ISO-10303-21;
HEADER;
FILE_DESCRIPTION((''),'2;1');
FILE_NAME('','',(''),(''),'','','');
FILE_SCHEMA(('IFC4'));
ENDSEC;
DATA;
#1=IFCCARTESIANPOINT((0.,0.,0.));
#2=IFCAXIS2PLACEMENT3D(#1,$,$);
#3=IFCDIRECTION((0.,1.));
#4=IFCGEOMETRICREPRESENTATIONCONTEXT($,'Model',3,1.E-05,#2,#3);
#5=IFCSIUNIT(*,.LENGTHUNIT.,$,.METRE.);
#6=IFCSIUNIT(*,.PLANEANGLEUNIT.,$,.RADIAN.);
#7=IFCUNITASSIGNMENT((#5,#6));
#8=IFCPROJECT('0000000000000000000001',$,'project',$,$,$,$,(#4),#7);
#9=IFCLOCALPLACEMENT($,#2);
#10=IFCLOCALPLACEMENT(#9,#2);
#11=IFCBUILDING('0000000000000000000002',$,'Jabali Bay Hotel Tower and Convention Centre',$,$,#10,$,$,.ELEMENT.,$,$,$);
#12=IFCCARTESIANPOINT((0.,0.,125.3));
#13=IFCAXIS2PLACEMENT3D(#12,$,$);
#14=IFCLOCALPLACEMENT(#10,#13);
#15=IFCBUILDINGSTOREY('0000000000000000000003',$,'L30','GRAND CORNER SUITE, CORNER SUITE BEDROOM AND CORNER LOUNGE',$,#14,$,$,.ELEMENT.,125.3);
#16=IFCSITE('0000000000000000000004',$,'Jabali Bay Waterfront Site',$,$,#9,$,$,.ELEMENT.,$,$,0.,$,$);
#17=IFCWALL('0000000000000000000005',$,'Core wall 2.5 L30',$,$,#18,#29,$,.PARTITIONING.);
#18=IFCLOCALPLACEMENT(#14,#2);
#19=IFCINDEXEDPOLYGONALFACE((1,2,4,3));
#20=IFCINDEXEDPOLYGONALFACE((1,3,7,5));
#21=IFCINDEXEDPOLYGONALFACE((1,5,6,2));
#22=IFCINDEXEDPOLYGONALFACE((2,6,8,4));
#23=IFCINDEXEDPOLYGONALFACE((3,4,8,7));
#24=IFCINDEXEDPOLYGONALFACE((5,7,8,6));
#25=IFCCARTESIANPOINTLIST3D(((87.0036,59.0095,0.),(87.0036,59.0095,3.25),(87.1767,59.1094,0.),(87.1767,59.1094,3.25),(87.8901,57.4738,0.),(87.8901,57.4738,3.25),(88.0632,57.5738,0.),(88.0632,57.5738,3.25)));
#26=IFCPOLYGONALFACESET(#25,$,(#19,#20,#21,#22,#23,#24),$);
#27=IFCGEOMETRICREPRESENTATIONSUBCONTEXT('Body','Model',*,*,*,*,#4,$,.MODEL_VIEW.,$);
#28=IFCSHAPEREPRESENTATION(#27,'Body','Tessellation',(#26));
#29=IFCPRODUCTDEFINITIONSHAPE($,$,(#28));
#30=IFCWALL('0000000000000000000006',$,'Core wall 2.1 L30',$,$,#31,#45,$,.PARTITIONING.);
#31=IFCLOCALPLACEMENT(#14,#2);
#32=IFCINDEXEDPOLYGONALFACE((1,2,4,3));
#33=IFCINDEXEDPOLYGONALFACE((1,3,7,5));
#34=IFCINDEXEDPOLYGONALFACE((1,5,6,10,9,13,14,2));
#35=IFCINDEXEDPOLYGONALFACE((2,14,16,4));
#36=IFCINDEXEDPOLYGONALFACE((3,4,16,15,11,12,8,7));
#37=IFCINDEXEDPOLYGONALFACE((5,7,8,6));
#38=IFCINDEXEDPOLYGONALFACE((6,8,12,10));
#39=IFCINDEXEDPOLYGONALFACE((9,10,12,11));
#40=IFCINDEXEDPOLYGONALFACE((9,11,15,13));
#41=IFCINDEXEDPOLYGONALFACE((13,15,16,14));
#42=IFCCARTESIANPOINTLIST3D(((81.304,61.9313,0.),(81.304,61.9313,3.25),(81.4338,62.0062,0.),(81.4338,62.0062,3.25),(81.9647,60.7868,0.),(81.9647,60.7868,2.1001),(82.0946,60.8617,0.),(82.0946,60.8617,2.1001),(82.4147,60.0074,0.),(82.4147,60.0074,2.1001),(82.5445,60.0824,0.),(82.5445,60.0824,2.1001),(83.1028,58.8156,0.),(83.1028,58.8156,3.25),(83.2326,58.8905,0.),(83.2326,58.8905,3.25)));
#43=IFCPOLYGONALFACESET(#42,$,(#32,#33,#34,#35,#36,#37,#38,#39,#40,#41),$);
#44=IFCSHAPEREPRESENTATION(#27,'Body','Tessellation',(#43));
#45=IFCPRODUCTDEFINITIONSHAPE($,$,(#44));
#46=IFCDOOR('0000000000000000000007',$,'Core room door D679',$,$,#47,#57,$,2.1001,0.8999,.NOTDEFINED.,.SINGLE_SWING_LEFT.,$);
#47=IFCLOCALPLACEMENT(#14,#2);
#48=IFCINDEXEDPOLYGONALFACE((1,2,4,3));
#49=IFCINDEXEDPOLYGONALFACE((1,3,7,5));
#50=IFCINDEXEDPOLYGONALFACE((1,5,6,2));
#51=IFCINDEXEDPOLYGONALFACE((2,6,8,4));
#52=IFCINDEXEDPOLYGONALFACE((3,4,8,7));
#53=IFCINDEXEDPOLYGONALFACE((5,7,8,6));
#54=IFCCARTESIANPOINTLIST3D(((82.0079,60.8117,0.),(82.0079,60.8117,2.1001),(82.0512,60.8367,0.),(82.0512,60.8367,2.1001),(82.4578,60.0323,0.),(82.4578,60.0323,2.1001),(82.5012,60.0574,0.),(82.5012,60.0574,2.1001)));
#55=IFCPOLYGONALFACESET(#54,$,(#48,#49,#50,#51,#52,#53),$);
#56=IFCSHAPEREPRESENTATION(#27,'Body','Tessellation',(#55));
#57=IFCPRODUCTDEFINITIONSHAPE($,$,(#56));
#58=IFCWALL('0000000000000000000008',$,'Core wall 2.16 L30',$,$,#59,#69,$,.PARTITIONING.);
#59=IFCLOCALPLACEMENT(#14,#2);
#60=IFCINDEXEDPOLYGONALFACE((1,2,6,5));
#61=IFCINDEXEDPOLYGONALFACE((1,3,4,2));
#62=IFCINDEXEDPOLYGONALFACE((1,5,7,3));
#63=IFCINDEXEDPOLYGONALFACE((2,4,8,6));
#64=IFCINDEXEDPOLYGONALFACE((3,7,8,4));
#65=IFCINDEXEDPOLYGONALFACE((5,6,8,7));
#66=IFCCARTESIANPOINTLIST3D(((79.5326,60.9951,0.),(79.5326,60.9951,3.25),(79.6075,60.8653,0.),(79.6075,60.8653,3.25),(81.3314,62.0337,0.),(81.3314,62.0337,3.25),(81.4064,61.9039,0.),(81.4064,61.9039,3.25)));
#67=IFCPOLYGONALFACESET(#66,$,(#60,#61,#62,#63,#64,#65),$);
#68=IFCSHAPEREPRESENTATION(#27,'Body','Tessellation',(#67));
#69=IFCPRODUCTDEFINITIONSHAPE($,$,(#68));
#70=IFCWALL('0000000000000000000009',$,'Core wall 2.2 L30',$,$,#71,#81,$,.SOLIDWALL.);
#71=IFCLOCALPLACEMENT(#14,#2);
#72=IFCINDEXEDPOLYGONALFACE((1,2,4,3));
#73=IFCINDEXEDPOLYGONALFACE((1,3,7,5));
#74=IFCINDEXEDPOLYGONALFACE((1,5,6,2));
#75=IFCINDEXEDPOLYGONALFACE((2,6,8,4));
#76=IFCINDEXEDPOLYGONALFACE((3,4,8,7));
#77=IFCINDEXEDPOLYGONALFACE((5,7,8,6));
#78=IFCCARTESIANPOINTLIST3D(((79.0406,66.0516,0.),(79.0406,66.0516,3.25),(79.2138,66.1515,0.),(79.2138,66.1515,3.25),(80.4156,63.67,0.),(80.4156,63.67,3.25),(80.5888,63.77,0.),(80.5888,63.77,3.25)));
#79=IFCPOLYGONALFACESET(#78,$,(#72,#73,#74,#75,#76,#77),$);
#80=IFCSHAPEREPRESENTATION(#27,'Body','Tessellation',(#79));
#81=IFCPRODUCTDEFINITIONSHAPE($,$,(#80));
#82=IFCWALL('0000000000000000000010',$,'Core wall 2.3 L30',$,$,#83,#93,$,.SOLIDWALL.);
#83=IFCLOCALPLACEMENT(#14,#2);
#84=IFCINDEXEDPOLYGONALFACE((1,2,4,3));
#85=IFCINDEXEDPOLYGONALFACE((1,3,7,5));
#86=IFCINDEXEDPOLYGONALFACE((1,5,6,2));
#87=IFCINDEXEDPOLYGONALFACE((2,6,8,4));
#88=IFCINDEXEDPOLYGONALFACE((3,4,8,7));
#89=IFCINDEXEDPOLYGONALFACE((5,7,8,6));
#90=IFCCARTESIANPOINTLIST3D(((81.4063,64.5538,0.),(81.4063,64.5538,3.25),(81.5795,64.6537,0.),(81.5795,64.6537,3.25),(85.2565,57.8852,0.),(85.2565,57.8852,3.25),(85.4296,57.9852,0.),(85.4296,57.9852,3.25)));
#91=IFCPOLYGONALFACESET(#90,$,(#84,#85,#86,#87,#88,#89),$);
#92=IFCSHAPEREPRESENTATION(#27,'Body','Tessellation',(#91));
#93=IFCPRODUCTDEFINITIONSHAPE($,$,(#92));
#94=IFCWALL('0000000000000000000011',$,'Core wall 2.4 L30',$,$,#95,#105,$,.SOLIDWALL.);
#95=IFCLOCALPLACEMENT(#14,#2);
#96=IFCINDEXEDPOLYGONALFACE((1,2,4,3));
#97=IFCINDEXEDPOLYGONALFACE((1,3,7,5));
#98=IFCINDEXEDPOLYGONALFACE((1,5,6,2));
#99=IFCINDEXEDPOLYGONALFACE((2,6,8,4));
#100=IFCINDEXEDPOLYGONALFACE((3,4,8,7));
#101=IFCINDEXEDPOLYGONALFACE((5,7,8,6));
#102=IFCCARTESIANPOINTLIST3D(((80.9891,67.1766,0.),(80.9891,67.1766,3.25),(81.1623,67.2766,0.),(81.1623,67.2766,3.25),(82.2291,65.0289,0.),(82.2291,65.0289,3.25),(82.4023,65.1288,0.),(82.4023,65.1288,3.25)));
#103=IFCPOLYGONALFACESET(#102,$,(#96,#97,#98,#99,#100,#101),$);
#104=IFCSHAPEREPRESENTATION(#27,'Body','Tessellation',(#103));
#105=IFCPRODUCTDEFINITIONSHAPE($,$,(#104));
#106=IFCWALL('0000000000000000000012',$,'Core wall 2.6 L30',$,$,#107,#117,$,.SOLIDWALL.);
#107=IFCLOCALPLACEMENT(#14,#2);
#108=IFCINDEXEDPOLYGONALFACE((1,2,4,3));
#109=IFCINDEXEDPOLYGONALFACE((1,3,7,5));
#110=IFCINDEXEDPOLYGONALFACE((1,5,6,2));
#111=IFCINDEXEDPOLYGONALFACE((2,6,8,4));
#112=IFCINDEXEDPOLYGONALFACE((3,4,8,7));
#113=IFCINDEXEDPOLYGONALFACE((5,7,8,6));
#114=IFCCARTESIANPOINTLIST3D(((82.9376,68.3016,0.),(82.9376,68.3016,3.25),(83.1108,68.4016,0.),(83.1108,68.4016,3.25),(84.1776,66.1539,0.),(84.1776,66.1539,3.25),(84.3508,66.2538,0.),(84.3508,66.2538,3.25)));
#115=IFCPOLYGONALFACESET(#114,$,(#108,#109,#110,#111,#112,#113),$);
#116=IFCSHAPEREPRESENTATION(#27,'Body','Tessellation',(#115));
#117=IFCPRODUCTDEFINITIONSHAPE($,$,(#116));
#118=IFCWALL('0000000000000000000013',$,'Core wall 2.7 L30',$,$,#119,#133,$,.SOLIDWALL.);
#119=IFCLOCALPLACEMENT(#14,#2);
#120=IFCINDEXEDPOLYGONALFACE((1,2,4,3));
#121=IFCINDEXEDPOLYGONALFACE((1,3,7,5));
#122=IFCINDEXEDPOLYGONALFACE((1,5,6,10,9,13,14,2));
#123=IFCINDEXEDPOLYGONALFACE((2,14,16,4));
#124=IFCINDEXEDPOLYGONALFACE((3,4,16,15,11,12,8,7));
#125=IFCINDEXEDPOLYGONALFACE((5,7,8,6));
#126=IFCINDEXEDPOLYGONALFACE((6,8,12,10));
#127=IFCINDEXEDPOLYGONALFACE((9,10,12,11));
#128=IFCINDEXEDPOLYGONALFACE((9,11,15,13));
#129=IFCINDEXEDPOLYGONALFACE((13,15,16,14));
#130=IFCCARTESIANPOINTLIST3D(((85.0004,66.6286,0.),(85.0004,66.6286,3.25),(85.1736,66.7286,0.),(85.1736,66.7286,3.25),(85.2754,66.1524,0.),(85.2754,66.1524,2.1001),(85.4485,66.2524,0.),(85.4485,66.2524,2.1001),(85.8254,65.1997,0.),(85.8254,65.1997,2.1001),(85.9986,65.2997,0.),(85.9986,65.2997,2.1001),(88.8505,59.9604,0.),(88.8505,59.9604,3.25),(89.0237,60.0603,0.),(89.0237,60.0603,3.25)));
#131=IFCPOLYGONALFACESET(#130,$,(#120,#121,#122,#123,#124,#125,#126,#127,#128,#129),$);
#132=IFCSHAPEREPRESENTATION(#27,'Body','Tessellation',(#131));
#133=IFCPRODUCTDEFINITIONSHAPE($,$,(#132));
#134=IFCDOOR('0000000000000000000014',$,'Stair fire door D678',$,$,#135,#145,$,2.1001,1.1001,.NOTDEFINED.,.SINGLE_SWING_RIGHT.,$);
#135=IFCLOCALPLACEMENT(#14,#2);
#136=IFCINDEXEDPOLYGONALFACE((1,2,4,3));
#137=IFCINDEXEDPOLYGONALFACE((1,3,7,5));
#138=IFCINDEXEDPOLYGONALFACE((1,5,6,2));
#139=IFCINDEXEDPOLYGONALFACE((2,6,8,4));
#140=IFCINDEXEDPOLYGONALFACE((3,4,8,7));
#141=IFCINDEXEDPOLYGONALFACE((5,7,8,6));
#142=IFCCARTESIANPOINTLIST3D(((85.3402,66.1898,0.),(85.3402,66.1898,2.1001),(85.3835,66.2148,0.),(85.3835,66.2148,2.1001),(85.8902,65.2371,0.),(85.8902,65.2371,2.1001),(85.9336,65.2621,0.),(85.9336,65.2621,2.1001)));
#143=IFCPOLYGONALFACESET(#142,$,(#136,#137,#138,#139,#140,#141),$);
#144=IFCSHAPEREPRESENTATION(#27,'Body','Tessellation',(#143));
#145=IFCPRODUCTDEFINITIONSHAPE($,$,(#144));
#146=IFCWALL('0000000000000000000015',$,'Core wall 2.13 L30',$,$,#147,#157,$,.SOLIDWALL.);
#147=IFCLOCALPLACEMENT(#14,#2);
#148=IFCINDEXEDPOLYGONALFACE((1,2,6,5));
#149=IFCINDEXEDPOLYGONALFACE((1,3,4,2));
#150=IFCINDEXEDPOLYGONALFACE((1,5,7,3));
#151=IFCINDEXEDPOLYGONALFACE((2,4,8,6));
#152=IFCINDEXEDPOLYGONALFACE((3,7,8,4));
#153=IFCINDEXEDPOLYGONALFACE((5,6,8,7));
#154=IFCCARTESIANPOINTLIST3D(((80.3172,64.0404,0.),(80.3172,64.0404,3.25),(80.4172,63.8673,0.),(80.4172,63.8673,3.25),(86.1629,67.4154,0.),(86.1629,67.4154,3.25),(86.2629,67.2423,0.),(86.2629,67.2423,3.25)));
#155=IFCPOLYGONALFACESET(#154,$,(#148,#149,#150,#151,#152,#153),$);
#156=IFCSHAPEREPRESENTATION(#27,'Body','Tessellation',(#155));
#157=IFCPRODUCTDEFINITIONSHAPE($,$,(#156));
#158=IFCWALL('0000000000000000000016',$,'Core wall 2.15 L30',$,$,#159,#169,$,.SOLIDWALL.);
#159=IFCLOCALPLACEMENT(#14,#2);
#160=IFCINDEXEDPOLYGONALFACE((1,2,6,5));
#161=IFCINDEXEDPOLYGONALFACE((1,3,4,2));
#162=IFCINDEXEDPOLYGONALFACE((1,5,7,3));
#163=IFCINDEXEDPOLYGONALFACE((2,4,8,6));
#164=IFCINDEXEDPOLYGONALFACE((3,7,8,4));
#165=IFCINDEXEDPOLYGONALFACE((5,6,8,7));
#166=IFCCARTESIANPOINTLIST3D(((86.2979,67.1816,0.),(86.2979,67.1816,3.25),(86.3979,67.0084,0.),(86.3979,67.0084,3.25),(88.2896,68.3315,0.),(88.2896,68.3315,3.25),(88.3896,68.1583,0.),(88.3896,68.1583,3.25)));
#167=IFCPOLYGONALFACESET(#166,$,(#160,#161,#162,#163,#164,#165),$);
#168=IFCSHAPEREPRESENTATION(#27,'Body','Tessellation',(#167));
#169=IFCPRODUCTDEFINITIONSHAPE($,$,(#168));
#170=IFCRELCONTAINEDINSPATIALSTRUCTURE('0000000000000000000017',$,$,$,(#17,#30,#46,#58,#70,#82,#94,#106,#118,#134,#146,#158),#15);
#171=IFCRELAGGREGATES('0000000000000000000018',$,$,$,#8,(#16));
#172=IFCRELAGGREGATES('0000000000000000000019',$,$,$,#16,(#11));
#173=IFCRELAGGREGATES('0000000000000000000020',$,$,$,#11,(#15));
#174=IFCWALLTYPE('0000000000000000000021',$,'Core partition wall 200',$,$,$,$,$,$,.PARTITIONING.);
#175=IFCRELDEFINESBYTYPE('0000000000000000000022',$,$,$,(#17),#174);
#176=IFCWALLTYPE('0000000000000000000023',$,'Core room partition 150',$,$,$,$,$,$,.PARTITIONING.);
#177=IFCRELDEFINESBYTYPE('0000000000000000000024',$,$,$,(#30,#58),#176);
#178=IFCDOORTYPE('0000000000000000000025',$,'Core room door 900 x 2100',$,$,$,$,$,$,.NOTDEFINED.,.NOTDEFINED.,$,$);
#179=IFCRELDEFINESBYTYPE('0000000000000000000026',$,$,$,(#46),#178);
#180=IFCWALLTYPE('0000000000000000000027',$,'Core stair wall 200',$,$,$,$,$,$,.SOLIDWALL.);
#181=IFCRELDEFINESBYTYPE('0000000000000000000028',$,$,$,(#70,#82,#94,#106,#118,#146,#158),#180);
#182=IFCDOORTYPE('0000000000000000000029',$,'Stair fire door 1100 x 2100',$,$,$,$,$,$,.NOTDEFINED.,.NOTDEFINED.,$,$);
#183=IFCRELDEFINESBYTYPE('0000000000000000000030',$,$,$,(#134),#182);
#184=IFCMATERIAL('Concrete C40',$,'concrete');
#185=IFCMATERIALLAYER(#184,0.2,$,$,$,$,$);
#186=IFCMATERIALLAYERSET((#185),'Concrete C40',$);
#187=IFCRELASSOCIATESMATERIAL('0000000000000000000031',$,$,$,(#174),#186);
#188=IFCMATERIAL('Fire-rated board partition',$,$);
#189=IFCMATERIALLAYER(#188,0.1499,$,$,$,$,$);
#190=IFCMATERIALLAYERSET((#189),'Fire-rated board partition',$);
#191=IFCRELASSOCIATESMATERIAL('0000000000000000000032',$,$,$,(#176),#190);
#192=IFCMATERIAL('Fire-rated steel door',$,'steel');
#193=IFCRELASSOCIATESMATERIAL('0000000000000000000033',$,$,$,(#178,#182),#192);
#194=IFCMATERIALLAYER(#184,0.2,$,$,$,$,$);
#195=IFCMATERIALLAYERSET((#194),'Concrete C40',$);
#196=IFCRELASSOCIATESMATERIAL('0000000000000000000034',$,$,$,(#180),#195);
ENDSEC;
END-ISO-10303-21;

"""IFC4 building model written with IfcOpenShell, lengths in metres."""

from ifc_helpers import new_model, si_unit, direction, frame, frame_2d, origin, place, context, subcontext, project, spatial, rectangle, extrude, material, layer, layer_set, type_object, element, fill, save


model = new_model("IFC4")

# Units and contexts
model_context = context("Model", 3, precision=1e-05, world=origin(), true_north=direction((0.0, 1.0)))
body_context = subcontext(model_context, "Body", "Model", "MODEL_VIEW")
ifc_project = project(units=[si_unit("LENGTHUNIT", "METRE"), si_unit("PLANEANGLEUNIT", "RADIAN")], contexts=[model_context])

# Site, building, storey
site_placement = place(None, origin())
site = spatial("IfcSite", under=ifc_project, at=site_placement, Name="Jabali Bay Waterfront Site", CompositionType="ELEMENT", RefElevation=0.0)
building_placement = place(site_placement, origin())
building = spatial("IfcBuilding", under=site, at=building_placement, Name="Jabali Bay Hotel Tower and Convention Centre", CompositionType="ELEMENT")
storey_placement = place(building_placement, frame((0.0, 0.0, 125.3)))
storey = spatial("IfcBuildingStorey", under=building, at=storey_placement, Name="L30", Description="GRAND CORNER SUITE, CORNER SUITE BEDROOM AND CORNER LOUNGE", CompositionType="ELEMENT", Elevation=125.3)

# Wall
ifc_material_1 = material(Name="Concrete C40", Category="concrete")
ifc_layer_1 = layer(ifc_material_1, 0.2)
ifc_layer_set_1 = layer_set([ifc_layer_1], Name="Concrete C40")
wall_type_1 = type_object("IfcWallType", Name="Core partition wall 200", PredefinedType="PARTITIONING", material=ifc_layer_set_1)
wall_1_placement = place(storey_placement, frame((87.0901, 59.0596, 0.0), z_axis=(0.0, 0.0, 1.0), x_axis=(0.499945, -0.866057, 0.0)))
element("IfcWall", 1, at=wall_1_placement, inside=storey, type_object=wall_type_1, Name="Core wall 2.5 L30", PredefinedType="PARTITIONING", context=body_context, shape_type="SweptSolid", body=[
    extrude(rectangle(XDim=1.7732, YDim=0.2, at=frame_2d((0.8867, 0.0))), origin(), (0.0, 0.0, 1.0), 3.25),
])

# Wall, opening, door
ifc_material_2 = material(Name="Fire-rated board partition")
ifc_layer_2 = layer(ifc_material_2, 0.1499)
ifc_layer_set_2 = layer_set([ifc_layer_2], Name="Fire-rated board partition")
wall_type_2 = type_object("IfcWallType", Name="Core room partition 150", PredefinedType="PARTITIONING", material=ifc_layer_set_2)
wall_2_placement = place(storey_placement, frame((81.3689, 61.9688, 0.0), z_axis=(0.0, 0.0, 1.0), x_axis=(0.499993, -0.86603, 0.0)))
wall_2 = element("IfcWall", 2, at=wall_2_placement, inside=storey, type_object=wall_type_2, Name="Core wall 2.1 L30", PredefinedType="PARTITIONING", context=body_context, shape_type="SweptSolid", body=[
    extrude(rectangle(XDim=3.5977, YDim=0.1499, at=frame_2d((1.7988, 0.0))), origin(), (0.0, 0.0, 1.0), 3.25),
])
opening_1_placement = place(wall_2_placement, frame((1.3215, 0.0, 0.0)))
opening_1 = element("IfcOpeningElement", 3, at=opening_1_placement, cuts=wall_2, PredefinedType="OPENING", context=body_context, shape_type="SweptSolid", body=[
    extrude(rectangle(XDim=0.8999, YDim=2.1001, at=frame_2d((0.45, 1.05))), frame((0.0, 0.0854, 0.0), z_axis=(0.0, -1.0, 0.0), x_axis=(1.0, 0.0, 0.0)), (0.0, 0.0, 1.0), 0.1709),
])
ifc_material_3 = material(Name="Fire-rated steel door", Category="steel")
door_type_1 = type_object("IfcDoorType", Name="Core room door 900 x 2100", OperationType="NOTDEFINED", PredefinedType="NOTDEFINED", material=ifc_material_3)
door_1_placement = place(opening_1_placement, origin())
door_1 = element("IfcDoor", 4, at=door_1_placement, inside=storey, type_object=door_type_1, Name="Core room door D679", OperationType="SINGLE_SWING_LEFT", OverallHeight=2.1001, OverallWidth=0.8999, PredefinedType="NOTDEFINED", context=body_context, shape_type="SweptSolid", body=[
    extrude(rectangle(XDim=0.8999, YDim=2.1001, at=frame_2d((0.45, 1.05))), frame((0.0, 0.0249, 0.0), z_axis=(0.0, -1.0, 0.0), x_axis=(1.0, 0.0, 0.0)), (0.0, 0.0, 1.0), 0.05),
])
fill(opening_1, door_1)

# Walls
wall_3_placement = place(storey_placement, frame((79.5701, 60.9302, 0.0), z_axis=(0.0, 0.0, 1.0), x_axis=(0.866021, 0.500007, 0.0)))
element("IfcWall", 5, at=wall_3_placement, inside=storey, type_object=wall_type_2, Name="Core wall 2.16 L30", PredefinedType="PARTITIONING", context=body_context, shape_type="SweptSolid", body=[
    extrude(rectangle(XDim=2.0771, YDim=0.1499, at=frame_2d((1.0386, 0.0))), origin(), (0.0, 0.0, 1.0), 3.25),
])
ifc_layer_3 = layer(ifc_material_1, 0.2)
ifc_layer_set_3 = layer_set([ifc_layer_3], Name="Concrete C40")
wall_type_3 = type_object("IfcWallType", Name="Core stair wall 200", PredefinedType="SOLIDWALL", material=ifc_layer_set_3)
wall_4_placement = place(storey_placement, frame((79.1272, 66.1016, 0.0), z_axis=(0.0, 0.0, 1.0), x_axis=(0.499997, -0.866027, 0.0)))
element("IfcWall", 6, at=wall_4_placement, inside=storey, type_object=wall_type_3, Name="Core wall 2.2 L30", PredefinedType="SOLIDWALL", context=body_context, shape_type="SweptSolid", body=[
    extrude(rectangle(XDim=2.75, YDim=0.2, at=frame_2d((1.375, 0.0))), origin(), (0.0, 0.0, 1.0), 3.25),
])
wall_5_placement = place(storey_placement, frame((81.4929, 64.6038, 0.0), z_axis=(0.0, 0.0, 1.0), x_axis=(0.500006, -0.866022, 0.0)))
element("IfcWall", 7, at=wall_5_placement, inside=storey, type_object=wall_type_3, Name="Core wall 2.3 L30", PredefinedType="SOLIDWALL", context=body_context, shape_type="SweptSolid", body=[
    extrude(rectangle(XDim=7.7002, YDim=0.2, at=frame_2d((3.8501, 0.0))), origin(), (0.0, 0.0, 1.0), 3.25),
])
for number, where, z_axis, x_axis, name in (
    (8, (81.0757, 67.2266, 0.0), (0.0, 0.0, 1.0), (0.500004, -0.866023, 0.0), "Core wall 2.4 L30"),
    (9, (83.0242, 68.3516, 0.0), (0.0, 0.0, 1.0), (0.500004, -0.866023, 0.0), "Core wall 2.6 L30"),
):
    element("IfcWall", number, at=place(storey_placement, frame(where, z_axis=z_axis, x_axis=x_axis)), inside=storey, type_object=wall_type_3, Name=name, PredefinedType="SOLIDWALL", context=body_context, shape_type="SweptSolid", body=[
        extrude(rectangle(XDim=2.48, YDim=0.2, at=frame_2d((1.24, 0.0))), origin(), (0.0, 0.0, 1.0), 3.25),
    ])

# Wall, opening, door
wall_6_placement = place(storey_placement, frame((85.0869, 66.6787, 0.0), z_axis=(0.0, 0.0, 1.0), x_axis=(0.50002, -0.866014, 0.0)))
wall_6 = element("IfcWall", 10, at=wall_6_placement, inside=storey, type_object=wall_type_3, Name="Core wall 2.7 L30", PredefinedType="SOLIDWALL", context=body_context, shape_type="SweptSolid", body=[
    extrude(rectangle(XDim=7.7, YDim=0.2, at=frame_2d((3.8501, 0.0))), origin(), (0.0, 0.0, 1.0), 3.25),
])
opening_2_placement = place(wall_6_placement, frame((0.55, 0.0, 0.0)))
opening_2 = element("IfcOpeningElement", 11, at=opening_2_placement, cuts=wall_6, PredefinedType="OPENING", context=body_context, shape_type="SweptSolid", body=[
    extrude(rectangle(XDim=1.1001, YDim=2.1001, at=frame_2d((0.55, 1.05))), frame((0.0, 0.1104, 0.0), z_axis=(0.0, -1.0, 0.0), x_axis=(1.0, 0.0, 0.0)), (0.0, 0.0, 1.0), 0.2209),
])
door_type_2 = type_object("IfcDoorType", Name="Stair fire door 1100 x 2100", OperationType="NOTDEFINED", PredefinedType="NOTDEFINED", material=ifc_material_3)
door_2_placement = place(opening_2_placement, origin())
door_2 = element("IfcDoor", 12, at=door_2_placement, inside=storey, type_object=door_type_2, Name="Stair fire door D678", OperationType="SINGLE_SWING_RIGHT", OverallHeight=2.1001, OverallWidth=1.1001, PredefinedType="NOTDEFINED", context=body_context, shape_type="SweptSolid", body=[
    extrude(rectangle(XDim=1.1001, YDim=2.1001, at=frame_2d((0.55, 1.05))), frame((0.0, 0.0249, 0.0), z_axis=(0.0, -1.0, 0.0), x_axis=(1.0, 0.0, 0.0)), (0.0, 0.0, 1.0), 0.05),
])
fill(opening_2, door_2)

# Walls
wall_7_placement = place(storey_placement, frame((80.3672, 63.9539, 0.0), z_axis=(0.0, 0.0, 1.0), x_axis=(0.866027, 0.499998, 0.0)))
element("IfcWall", 13, at=wall_7_placement, inside=storey, type_object=wall_type_3, Name="Core wall 2.13 L30", PredefinedType="SOLIDWALL", context=body_context, shape_type="SweptSolid", body=[
    extrude(rectangle(XDim=6.75, YDim=0.2, at=frame_2d((3.375, 0.0))), origin(), (0.0, 0.0, 1.0), 3.25),
])
wall_8_placement = place(storey_placement, frame((86.3479, 67.095, 0.0), z_axis=(0.0, 0.0, 1.0), x_axis=(0.866026, 0.499998, 0.0)))
element("IfcWall", 14, at=wall_8_placement, inside=storey, type_object=wall_type_3, Name="Core wall 2.15 L30", PredefinedType="SOLIDWALL", context=body_context, shape_type="SweptSolid", body=[
    extrude(rectangle(XDim=2.2998, YDim=0.2, at=frame_2d((1.1499, 0.0))), origin(), (0.0, 0.0, 1.0), 3.25),
])

save(model, "model.ifc")
